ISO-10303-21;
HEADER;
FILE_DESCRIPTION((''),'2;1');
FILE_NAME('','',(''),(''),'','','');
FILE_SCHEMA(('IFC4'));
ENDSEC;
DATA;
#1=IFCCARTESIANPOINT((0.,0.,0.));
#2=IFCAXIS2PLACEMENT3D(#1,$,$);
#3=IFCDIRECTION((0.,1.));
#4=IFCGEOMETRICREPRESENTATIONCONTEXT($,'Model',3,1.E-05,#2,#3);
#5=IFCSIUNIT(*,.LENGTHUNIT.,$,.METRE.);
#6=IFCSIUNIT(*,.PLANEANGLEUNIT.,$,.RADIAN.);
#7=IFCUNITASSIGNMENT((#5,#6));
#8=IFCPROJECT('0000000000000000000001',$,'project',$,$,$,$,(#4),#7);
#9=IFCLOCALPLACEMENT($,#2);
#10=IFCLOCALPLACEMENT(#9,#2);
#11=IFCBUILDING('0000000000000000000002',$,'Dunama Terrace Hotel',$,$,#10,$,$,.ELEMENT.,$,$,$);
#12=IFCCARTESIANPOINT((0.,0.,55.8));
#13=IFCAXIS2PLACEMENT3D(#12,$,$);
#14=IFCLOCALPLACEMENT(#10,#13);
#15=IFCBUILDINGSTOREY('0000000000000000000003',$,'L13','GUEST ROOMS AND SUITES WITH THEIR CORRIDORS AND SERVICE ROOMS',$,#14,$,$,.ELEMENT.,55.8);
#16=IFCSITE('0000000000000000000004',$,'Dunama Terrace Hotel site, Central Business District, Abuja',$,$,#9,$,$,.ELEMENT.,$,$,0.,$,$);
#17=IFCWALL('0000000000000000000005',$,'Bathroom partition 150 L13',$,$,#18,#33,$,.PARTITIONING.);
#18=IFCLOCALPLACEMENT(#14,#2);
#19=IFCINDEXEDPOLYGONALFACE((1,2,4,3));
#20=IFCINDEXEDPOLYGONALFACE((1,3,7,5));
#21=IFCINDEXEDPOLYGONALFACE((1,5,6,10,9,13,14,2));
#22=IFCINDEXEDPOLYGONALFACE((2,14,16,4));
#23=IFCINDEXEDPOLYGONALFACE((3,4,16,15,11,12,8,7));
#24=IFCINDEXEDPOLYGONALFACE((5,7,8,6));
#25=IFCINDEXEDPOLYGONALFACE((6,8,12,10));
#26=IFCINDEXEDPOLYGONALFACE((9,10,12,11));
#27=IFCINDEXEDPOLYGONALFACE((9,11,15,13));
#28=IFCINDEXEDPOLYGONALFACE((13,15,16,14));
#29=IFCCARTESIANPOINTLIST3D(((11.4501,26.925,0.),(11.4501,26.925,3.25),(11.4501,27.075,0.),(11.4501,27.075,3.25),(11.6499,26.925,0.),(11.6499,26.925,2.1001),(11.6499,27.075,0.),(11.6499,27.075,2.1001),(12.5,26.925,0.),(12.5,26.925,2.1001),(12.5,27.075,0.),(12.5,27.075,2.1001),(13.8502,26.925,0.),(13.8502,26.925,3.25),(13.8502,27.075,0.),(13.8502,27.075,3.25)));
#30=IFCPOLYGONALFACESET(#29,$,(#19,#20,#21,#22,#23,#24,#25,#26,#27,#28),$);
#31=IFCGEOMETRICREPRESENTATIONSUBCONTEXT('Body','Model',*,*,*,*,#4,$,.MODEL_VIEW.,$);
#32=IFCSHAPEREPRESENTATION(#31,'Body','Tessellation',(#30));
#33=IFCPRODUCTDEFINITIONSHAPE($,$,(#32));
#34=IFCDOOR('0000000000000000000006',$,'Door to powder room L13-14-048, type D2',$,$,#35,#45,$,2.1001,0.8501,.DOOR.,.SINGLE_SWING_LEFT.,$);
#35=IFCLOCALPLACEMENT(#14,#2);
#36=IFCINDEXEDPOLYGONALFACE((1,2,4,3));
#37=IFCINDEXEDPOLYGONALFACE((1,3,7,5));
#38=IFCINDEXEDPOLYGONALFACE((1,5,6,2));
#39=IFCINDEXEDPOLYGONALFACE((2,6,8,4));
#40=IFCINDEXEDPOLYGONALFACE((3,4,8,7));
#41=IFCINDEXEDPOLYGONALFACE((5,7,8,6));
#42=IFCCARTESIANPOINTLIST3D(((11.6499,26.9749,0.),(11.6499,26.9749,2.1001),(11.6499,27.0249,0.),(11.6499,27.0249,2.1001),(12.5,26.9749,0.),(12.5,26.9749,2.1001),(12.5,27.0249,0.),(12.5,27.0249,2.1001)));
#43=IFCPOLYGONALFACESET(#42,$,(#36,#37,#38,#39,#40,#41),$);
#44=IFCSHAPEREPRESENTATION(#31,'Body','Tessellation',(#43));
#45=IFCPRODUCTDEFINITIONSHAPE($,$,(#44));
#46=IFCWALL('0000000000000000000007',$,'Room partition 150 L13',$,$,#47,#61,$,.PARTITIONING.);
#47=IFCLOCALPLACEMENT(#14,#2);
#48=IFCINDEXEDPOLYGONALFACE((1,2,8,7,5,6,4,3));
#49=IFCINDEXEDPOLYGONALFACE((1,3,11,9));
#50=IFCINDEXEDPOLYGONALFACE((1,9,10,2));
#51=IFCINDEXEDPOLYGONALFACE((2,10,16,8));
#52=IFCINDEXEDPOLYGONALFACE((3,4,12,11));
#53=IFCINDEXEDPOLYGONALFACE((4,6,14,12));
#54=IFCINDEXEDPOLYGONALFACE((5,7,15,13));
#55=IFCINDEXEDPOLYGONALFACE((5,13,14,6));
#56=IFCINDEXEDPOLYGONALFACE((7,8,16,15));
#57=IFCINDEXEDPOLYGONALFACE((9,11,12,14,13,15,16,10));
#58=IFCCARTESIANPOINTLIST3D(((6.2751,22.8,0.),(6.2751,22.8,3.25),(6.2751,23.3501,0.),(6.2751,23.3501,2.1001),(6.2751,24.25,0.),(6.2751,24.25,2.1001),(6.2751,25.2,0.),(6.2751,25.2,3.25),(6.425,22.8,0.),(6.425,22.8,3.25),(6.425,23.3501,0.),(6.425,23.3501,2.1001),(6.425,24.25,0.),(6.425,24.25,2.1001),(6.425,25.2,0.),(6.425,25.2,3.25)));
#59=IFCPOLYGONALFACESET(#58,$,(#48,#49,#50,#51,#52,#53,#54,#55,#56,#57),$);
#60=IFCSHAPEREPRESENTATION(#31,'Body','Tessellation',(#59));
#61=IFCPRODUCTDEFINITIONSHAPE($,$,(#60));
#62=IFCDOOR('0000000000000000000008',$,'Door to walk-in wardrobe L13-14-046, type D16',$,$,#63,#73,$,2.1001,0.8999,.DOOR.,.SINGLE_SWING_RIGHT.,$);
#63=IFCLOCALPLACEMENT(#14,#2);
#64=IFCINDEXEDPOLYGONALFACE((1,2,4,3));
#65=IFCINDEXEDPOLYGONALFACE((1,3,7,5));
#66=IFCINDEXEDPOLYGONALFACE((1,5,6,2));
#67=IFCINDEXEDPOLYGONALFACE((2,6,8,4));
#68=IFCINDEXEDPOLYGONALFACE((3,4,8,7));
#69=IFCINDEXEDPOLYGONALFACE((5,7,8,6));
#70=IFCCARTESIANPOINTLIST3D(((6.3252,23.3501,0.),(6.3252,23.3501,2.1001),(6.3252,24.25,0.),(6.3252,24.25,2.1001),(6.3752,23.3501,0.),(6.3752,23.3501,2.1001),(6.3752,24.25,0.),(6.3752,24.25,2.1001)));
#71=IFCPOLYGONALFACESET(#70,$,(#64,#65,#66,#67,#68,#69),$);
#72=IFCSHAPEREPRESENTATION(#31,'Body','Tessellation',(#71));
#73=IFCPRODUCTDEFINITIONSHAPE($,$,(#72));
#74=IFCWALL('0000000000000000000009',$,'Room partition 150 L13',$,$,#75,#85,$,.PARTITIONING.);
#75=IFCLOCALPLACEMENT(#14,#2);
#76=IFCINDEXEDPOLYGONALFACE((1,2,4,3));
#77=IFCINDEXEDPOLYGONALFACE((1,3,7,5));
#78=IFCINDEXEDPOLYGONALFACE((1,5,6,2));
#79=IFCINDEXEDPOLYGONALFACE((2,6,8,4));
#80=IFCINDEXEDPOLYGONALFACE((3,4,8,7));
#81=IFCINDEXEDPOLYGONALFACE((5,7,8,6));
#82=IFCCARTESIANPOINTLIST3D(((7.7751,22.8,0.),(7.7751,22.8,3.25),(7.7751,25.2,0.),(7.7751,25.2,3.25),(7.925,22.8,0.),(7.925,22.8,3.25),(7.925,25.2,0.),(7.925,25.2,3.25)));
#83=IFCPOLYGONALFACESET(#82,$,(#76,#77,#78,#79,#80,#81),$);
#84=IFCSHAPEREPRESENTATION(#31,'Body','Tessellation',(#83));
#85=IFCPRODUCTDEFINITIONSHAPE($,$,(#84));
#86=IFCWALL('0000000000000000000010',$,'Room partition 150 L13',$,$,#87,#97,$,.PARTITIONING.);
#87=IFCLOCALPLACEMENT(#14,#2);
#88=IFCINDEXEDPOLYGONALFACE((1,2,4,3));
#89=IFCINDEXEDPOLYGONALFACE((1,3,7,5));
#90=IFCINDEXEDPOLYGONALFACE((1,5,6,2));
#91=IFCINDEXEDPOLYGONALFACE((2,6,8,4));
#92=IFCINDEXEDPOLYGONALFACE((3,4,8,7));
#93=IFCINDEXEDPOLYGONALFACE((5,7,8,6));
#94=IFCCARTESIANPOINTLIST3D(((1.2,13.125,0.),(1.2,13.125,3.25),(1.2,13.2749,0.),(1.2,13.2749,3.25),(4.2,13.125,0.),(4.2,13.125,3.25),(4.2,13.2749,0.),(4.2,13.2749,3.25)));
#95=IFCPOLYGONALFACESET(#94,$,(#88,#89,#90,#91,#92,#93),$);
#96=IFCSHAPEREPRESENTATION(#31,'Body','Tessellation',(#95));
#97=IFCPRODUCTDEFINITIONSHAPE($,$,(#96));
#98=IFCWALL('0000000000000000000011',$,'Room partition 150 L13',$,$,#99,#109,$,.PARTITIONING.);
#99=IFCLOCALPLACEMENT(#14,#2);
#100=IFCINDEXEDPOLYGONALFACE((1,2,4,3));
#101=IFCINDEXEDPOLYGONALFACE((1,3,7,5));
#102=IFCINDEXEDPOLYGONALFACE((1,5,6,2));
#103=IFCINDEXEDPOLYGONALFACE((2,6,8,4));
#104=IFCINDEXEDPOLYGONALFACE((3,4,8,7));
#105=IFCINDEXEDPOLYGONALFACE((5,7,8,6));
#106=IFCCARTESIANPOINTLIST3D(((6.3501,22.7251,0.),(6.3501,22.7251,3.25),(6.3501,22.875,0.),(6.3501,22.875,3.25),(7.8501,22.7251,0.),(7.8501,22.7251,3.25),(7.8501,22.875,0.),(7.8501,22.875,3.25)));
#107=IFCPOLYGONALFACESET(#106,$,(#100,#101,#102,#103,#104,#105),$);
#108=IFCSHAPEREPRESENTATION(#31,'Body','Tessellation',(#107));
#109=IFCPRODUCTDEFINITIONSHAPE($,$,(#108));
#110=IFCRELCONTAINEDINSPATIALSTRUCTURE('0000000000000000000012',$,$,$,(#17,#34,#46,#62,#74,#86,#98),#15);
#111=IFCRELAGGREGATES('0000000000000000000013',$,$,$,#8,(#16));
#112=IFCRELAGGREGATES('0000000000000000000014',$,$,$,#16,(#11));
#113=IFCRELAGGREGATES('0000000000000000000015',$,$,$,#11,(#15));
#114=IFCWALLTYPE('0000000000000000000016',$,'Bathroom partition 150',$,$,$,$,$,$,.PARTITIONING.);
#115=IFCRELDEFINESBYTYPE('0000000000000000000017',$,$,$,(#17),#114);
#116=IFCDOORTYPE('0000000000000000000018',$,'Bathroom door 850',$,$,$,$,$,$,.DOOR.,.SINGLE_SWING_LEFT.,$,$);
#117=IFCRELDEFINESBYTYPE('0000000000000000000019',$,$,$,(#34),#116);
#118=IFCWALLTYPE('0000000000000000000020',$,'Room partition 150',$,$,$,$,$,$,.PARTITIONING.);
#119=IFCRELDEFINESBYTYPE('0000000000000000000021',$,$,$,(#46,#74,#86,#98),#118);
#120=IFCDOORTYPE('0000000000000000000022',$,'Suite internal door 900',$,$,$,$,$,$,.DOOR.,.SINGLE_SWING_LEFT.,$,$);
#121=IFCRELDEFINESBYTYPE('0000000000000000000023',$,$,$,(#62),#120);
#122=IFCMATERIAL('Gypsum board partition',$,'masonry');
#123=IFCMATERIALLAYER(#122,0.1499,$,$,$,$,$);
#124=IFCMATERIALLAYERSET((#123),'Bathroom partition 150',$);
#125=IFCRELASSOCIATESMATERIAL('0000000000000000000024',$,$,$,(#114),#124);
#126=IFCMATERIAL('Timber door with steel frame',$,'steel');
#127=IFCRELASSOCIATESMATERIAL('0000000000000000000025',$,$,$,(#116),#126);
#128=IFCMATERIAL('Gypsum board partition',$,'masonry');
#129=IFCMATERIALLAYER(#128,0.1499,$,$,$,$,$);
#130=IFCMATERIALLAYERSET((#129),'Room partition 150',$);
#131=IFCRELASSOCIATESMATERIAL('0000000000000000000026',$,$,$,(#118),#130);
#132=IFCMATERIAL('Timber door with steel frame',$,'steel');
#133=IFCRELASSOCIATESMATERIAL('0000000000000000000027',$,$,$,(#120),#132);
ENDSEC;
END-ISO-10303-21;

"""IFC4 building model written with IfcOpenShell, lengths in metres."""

from ifc_helpers import new_model, si_unit, direction, frame, frame_2d, origin, place, context, subcontext, project, spatial, rectangle, extrude, material, layer, layer_set, type_object, element, fill, save


model = new_model("IFC4")

# Units and contexts
model_context = context("Model", 3, precision=1e-05, world=origin(), true_north=direction((0.0, 1.0)))
body_context = subcontext(model_context, "Body", "Model", "MODEL_VIEW")
ifc_project = project(units=[si_unit("LENGTHUNIT", "METRE"), si_unit("PLANEANGLEUNIT", "RADIAN")], contexts=[model_context])

# Site, building, storey
site_placement = place(None, origin())
site = spatial("IfcSite", under=ifc_project, at=site_placement, Name="Dunama Terrace Hotel site, Central Business District, Abuja", CompositionType="ELEMENT", RefElevation=0.0)
building_placement = place(site_placement, origin())
building = spatial("IfcBuilding", under=site, at=building_placement, Name="Dunama Terrace Hotel", CompositionType="ELEMENT")
storey_placement = place(building_placement, frame((0.0, 0.0, 55.8)))
storey = spatial("IfcBuildingStorey", under=building, at=storey_placement, Name="L13", Description="GUEST ROOMS AND SUITES WITH THEIR CORRIDORS AND SERVICE ROOMS", CompositionType="ELEMENT", Elevation=55.8)

# Shared definitions
ifc_material_1 = material(Name="Gypsum board partition", Category="masonry")
ifc_layer_1 = layer(ifc_material_1, 0.1499)
ifc_layer_set_1 = layer_set([ifc_layer_1], Name="Bathroom partition 150")
wall_type_1 = type_object("IfcWallType", Name="Bathroom partition 150", PredefinedType="PARTITIONING", material=ifc_layer_set_1)
ifc_material_2 = material(Name="Timber door with steel frame", Category="steel")
door_type_1 = type_object("IfcDoorType", Name="Bathroom door 850", OperationType="SINGLE_SWING_LEFT", PredefinedType="DOOR", material=ifc_material_2)

# Walls, openings, doors
wall_1_placement = place(storey_placement, frame((11.45, 27.0, 0.0), z_axis=(0.0, 0.0, 1.0), x_axis=(1.0, 0.0, 0.0)))
wall_1 = element("IfcWall", 1, at=wall_1_placement, inside=storey, type_object=wall_type_1, Name="Bathroom partition 150 L13", PredefinedType="PARTITIONING", context=body_context, shape_type="SweptSolid", body=[
    extrude(rectangle(XDim=2.4001, YDim=0.1499, at=frame_2d((1.2002, 0.0))), origin(), (0.0, 0.0, 1.0), 3.25),
])
opening_1_placement = place(wall_1_placement, frame((0.2, 0.0, 0.0)))
opening_1 = element("IfcOpeningElement", 2, at=opening_1_placement, cuts=wall_1, PredefinedType="OPENING", context=body_context, shape_type="SweptSolid", body=[
    extrude(rectangle(XDim=0.8501, YDim=2.1001, at=frame_2d((0.425, 1.05))), frame((0.0, 0.085, 0.0), z_axis=(0.0, -1.0, 0.0), x_axis=(1.0, 0.0, 0.0)), (0.0, 0.0, 1.0), 0.1699),
])
door_1_placement = place(opening_1_placement, frame((0.8501, 0.0, 0.0), z_axis=(0.0, 0.0, 1.0), x_axis=(-1.0, 0.0, 0.0)))
door_1 = element("IfcDoor", 3, at=door_1_placement, inside=storey, type_object=door_type_1, Name="Door to powder room L13-14-048, type D2", OperationType="SINGLE_SWING_LEFT", OverallHeight=2.1001, OverallWidth=0.8501, PredefinedType="DOOR", context=body_context, shape_type="SweptSolid", body=[
    extrude(rectangle(XDim=0.8501, YDim=2.1001, at=frame_2d((0.425, 1.05))), frame((0.0, 0.0251, 0.0), z_axis=(0.0, -1.0, 0.0), x_axis=(1.0, 0.0, 0.0)), (0.0, 0.0, 1.0), 0.05),
])
fill(opening_1, door_1)
ifc_material_3 = material(Name="Gypsum board partition", Category="masonry")
ifc_layer_2 = layer(ifc_material_3, 0.1499)
ifc_layer_set_2 = layer_set([ifc_layer_2], Name="Room partition 150")
wall_type_2 = type_object("IfcWallType", Name="Room partition 150", PredefinedType="PARTITIONING", material=ifc_layer_set_2)
wall_2_placement = place(storey_placement, frame((6.3501, 22.8, 0.0), z_axis=(0.0, 0.0, 1.0), x_axis=(0.0, 1.0, 0.0)))
wall_2 = element("IfcWall", 4, at=wall_2_placement, inside=storey, type_object=wall_type_2, Name="Room partition 150 L13", PredefinedType="PARTITIONING", context=body_context, shape_type="SweptSolid", body=[
    extrude(rectangle(XDim=2.3999, YDim=0.1499, at=frame_2d((1.2, 0.0))), origin(), (0.0, 0.0, 1.0), 3.25),
])
opening_2_placement = place(wall_2_placement, frame((0.55, 0.0, 0.0)))
opening_2 = element("IfcOpeningElement", 5, at=opening_2_placement, cuts=wall_2, PredefinedType="OPENING", context=body_context, shape_type="SweptSolid", body=[
    extrude(rectangle(XDim=0.8999, YDim=2.1001, at=frame_2d((0.45, 1.05))), frame((0.0, 0.085, 0.0), z_axis=(0.0, -1.0, 0.0), x_axis=(1.0, 0.0, 0.0)), (0.0, 0.0, 1.0), 0.1699),
])
ifc_material_4 = material(Name="Timber door with steel frame", Category="steel")
door_type_2 = type_object("IfcDoorType", Name="Suite internal door 900", OperationType="SINGLE_SWING_LEFT", PredefinedType="DOOR", material=ifc_material_4)
door_2_placement = place(opening_2_placement, frame((0.8999, 0.0, 0.0), z_axis=(0.0, 0.0, 1.0), x_axis=(-1.0, 0.0, 0.0)))
door_2 = element("IfcDoor", 6, at=door_2_placement, inside=storey, type_object=door_type_2, Name="Door to walk-in wardrobe L13-14-046, type D16", OperationType="SINGLE_SWING_RIGHT", OverallHeight=2.1001, OverallWidth=0.8999, PredefinedType="DOOR", context=body_context, shape_type="SweptSolid", body=[
    extrude(rectangle(XDim=0.8999, YDim=2.1001, at=frame_2d((0.45, 1.05))), frame((0.0, 0.0251, 0.0), z_axis=(0.0, -1.0, 0.0), x_axis=(1.0, 0.0, 0.0)), (0.0, 0.0, 1.0), 0.05),
])
fill(opening_2, door_2)

# Walls
wall_3_placement = place(storey_placement, frame((7.8501, 22.8, 0.0), z_axis=(0.0, 0.0, 1.0), x_axis=(0.0, 1.0, 0.0)))
element("IfcWall", 7, at=wall_3_placement, inside=storey, type_object=wall_type_2, Name="Room partition 150 L13", PredefinedType="PARTITIONING", context=body_context, shape_type="SweptSolid", body=[
    extrude(rectangle(XDim=2.3999, YDim=0.1499, at=frame_2d((1.2, 0.0))), origin(), (0.0, 0.0, 1.0), 3.25),
])
wall_4_placement = place(storey_placement, frame((1.2, 13.2, 0.0), z_axis=(0.0, 0.0, 1.0), x_axis=(1.0, 0.0, 0.0)))
element("IfcWall", 8, at=wall_4_placement, inside=storey, type_object=wall_type_2, Name="Room partition 150 L13", PredefinedType="PARTITIONING", context=body_context, shape_type="SweptSolid", body=[
    extrude(rectangle(XDim=3.0, YDim=0.1499, at=frame_2d((1.5, 0.0))), origin(), (0.0, 0.0, 1.0), 3.25),
])
wall_5_placement = place(storey_placement, frame((6.3501, 22.8, 0.0), z_axis=(0.0, 0.0, 1.0), x_axis=(1.0, 0.0, 0.0)))
element("IfcWall", 9, at=wall_5_placement, inside=storey, type_object=wall_type_2, Name="Room partition 150 L13", PredefinedType="PARTITIONING", context=body_context, shape_type="SweptSolid", body=[
    extrude(rectangle(XDim=1.5, YDim=0.1499, at=frame_2d((0.75, 0.0))), origin(), (0.0, 0.0, 1.0), 3.25),
])

save(model, "model.ifc")
